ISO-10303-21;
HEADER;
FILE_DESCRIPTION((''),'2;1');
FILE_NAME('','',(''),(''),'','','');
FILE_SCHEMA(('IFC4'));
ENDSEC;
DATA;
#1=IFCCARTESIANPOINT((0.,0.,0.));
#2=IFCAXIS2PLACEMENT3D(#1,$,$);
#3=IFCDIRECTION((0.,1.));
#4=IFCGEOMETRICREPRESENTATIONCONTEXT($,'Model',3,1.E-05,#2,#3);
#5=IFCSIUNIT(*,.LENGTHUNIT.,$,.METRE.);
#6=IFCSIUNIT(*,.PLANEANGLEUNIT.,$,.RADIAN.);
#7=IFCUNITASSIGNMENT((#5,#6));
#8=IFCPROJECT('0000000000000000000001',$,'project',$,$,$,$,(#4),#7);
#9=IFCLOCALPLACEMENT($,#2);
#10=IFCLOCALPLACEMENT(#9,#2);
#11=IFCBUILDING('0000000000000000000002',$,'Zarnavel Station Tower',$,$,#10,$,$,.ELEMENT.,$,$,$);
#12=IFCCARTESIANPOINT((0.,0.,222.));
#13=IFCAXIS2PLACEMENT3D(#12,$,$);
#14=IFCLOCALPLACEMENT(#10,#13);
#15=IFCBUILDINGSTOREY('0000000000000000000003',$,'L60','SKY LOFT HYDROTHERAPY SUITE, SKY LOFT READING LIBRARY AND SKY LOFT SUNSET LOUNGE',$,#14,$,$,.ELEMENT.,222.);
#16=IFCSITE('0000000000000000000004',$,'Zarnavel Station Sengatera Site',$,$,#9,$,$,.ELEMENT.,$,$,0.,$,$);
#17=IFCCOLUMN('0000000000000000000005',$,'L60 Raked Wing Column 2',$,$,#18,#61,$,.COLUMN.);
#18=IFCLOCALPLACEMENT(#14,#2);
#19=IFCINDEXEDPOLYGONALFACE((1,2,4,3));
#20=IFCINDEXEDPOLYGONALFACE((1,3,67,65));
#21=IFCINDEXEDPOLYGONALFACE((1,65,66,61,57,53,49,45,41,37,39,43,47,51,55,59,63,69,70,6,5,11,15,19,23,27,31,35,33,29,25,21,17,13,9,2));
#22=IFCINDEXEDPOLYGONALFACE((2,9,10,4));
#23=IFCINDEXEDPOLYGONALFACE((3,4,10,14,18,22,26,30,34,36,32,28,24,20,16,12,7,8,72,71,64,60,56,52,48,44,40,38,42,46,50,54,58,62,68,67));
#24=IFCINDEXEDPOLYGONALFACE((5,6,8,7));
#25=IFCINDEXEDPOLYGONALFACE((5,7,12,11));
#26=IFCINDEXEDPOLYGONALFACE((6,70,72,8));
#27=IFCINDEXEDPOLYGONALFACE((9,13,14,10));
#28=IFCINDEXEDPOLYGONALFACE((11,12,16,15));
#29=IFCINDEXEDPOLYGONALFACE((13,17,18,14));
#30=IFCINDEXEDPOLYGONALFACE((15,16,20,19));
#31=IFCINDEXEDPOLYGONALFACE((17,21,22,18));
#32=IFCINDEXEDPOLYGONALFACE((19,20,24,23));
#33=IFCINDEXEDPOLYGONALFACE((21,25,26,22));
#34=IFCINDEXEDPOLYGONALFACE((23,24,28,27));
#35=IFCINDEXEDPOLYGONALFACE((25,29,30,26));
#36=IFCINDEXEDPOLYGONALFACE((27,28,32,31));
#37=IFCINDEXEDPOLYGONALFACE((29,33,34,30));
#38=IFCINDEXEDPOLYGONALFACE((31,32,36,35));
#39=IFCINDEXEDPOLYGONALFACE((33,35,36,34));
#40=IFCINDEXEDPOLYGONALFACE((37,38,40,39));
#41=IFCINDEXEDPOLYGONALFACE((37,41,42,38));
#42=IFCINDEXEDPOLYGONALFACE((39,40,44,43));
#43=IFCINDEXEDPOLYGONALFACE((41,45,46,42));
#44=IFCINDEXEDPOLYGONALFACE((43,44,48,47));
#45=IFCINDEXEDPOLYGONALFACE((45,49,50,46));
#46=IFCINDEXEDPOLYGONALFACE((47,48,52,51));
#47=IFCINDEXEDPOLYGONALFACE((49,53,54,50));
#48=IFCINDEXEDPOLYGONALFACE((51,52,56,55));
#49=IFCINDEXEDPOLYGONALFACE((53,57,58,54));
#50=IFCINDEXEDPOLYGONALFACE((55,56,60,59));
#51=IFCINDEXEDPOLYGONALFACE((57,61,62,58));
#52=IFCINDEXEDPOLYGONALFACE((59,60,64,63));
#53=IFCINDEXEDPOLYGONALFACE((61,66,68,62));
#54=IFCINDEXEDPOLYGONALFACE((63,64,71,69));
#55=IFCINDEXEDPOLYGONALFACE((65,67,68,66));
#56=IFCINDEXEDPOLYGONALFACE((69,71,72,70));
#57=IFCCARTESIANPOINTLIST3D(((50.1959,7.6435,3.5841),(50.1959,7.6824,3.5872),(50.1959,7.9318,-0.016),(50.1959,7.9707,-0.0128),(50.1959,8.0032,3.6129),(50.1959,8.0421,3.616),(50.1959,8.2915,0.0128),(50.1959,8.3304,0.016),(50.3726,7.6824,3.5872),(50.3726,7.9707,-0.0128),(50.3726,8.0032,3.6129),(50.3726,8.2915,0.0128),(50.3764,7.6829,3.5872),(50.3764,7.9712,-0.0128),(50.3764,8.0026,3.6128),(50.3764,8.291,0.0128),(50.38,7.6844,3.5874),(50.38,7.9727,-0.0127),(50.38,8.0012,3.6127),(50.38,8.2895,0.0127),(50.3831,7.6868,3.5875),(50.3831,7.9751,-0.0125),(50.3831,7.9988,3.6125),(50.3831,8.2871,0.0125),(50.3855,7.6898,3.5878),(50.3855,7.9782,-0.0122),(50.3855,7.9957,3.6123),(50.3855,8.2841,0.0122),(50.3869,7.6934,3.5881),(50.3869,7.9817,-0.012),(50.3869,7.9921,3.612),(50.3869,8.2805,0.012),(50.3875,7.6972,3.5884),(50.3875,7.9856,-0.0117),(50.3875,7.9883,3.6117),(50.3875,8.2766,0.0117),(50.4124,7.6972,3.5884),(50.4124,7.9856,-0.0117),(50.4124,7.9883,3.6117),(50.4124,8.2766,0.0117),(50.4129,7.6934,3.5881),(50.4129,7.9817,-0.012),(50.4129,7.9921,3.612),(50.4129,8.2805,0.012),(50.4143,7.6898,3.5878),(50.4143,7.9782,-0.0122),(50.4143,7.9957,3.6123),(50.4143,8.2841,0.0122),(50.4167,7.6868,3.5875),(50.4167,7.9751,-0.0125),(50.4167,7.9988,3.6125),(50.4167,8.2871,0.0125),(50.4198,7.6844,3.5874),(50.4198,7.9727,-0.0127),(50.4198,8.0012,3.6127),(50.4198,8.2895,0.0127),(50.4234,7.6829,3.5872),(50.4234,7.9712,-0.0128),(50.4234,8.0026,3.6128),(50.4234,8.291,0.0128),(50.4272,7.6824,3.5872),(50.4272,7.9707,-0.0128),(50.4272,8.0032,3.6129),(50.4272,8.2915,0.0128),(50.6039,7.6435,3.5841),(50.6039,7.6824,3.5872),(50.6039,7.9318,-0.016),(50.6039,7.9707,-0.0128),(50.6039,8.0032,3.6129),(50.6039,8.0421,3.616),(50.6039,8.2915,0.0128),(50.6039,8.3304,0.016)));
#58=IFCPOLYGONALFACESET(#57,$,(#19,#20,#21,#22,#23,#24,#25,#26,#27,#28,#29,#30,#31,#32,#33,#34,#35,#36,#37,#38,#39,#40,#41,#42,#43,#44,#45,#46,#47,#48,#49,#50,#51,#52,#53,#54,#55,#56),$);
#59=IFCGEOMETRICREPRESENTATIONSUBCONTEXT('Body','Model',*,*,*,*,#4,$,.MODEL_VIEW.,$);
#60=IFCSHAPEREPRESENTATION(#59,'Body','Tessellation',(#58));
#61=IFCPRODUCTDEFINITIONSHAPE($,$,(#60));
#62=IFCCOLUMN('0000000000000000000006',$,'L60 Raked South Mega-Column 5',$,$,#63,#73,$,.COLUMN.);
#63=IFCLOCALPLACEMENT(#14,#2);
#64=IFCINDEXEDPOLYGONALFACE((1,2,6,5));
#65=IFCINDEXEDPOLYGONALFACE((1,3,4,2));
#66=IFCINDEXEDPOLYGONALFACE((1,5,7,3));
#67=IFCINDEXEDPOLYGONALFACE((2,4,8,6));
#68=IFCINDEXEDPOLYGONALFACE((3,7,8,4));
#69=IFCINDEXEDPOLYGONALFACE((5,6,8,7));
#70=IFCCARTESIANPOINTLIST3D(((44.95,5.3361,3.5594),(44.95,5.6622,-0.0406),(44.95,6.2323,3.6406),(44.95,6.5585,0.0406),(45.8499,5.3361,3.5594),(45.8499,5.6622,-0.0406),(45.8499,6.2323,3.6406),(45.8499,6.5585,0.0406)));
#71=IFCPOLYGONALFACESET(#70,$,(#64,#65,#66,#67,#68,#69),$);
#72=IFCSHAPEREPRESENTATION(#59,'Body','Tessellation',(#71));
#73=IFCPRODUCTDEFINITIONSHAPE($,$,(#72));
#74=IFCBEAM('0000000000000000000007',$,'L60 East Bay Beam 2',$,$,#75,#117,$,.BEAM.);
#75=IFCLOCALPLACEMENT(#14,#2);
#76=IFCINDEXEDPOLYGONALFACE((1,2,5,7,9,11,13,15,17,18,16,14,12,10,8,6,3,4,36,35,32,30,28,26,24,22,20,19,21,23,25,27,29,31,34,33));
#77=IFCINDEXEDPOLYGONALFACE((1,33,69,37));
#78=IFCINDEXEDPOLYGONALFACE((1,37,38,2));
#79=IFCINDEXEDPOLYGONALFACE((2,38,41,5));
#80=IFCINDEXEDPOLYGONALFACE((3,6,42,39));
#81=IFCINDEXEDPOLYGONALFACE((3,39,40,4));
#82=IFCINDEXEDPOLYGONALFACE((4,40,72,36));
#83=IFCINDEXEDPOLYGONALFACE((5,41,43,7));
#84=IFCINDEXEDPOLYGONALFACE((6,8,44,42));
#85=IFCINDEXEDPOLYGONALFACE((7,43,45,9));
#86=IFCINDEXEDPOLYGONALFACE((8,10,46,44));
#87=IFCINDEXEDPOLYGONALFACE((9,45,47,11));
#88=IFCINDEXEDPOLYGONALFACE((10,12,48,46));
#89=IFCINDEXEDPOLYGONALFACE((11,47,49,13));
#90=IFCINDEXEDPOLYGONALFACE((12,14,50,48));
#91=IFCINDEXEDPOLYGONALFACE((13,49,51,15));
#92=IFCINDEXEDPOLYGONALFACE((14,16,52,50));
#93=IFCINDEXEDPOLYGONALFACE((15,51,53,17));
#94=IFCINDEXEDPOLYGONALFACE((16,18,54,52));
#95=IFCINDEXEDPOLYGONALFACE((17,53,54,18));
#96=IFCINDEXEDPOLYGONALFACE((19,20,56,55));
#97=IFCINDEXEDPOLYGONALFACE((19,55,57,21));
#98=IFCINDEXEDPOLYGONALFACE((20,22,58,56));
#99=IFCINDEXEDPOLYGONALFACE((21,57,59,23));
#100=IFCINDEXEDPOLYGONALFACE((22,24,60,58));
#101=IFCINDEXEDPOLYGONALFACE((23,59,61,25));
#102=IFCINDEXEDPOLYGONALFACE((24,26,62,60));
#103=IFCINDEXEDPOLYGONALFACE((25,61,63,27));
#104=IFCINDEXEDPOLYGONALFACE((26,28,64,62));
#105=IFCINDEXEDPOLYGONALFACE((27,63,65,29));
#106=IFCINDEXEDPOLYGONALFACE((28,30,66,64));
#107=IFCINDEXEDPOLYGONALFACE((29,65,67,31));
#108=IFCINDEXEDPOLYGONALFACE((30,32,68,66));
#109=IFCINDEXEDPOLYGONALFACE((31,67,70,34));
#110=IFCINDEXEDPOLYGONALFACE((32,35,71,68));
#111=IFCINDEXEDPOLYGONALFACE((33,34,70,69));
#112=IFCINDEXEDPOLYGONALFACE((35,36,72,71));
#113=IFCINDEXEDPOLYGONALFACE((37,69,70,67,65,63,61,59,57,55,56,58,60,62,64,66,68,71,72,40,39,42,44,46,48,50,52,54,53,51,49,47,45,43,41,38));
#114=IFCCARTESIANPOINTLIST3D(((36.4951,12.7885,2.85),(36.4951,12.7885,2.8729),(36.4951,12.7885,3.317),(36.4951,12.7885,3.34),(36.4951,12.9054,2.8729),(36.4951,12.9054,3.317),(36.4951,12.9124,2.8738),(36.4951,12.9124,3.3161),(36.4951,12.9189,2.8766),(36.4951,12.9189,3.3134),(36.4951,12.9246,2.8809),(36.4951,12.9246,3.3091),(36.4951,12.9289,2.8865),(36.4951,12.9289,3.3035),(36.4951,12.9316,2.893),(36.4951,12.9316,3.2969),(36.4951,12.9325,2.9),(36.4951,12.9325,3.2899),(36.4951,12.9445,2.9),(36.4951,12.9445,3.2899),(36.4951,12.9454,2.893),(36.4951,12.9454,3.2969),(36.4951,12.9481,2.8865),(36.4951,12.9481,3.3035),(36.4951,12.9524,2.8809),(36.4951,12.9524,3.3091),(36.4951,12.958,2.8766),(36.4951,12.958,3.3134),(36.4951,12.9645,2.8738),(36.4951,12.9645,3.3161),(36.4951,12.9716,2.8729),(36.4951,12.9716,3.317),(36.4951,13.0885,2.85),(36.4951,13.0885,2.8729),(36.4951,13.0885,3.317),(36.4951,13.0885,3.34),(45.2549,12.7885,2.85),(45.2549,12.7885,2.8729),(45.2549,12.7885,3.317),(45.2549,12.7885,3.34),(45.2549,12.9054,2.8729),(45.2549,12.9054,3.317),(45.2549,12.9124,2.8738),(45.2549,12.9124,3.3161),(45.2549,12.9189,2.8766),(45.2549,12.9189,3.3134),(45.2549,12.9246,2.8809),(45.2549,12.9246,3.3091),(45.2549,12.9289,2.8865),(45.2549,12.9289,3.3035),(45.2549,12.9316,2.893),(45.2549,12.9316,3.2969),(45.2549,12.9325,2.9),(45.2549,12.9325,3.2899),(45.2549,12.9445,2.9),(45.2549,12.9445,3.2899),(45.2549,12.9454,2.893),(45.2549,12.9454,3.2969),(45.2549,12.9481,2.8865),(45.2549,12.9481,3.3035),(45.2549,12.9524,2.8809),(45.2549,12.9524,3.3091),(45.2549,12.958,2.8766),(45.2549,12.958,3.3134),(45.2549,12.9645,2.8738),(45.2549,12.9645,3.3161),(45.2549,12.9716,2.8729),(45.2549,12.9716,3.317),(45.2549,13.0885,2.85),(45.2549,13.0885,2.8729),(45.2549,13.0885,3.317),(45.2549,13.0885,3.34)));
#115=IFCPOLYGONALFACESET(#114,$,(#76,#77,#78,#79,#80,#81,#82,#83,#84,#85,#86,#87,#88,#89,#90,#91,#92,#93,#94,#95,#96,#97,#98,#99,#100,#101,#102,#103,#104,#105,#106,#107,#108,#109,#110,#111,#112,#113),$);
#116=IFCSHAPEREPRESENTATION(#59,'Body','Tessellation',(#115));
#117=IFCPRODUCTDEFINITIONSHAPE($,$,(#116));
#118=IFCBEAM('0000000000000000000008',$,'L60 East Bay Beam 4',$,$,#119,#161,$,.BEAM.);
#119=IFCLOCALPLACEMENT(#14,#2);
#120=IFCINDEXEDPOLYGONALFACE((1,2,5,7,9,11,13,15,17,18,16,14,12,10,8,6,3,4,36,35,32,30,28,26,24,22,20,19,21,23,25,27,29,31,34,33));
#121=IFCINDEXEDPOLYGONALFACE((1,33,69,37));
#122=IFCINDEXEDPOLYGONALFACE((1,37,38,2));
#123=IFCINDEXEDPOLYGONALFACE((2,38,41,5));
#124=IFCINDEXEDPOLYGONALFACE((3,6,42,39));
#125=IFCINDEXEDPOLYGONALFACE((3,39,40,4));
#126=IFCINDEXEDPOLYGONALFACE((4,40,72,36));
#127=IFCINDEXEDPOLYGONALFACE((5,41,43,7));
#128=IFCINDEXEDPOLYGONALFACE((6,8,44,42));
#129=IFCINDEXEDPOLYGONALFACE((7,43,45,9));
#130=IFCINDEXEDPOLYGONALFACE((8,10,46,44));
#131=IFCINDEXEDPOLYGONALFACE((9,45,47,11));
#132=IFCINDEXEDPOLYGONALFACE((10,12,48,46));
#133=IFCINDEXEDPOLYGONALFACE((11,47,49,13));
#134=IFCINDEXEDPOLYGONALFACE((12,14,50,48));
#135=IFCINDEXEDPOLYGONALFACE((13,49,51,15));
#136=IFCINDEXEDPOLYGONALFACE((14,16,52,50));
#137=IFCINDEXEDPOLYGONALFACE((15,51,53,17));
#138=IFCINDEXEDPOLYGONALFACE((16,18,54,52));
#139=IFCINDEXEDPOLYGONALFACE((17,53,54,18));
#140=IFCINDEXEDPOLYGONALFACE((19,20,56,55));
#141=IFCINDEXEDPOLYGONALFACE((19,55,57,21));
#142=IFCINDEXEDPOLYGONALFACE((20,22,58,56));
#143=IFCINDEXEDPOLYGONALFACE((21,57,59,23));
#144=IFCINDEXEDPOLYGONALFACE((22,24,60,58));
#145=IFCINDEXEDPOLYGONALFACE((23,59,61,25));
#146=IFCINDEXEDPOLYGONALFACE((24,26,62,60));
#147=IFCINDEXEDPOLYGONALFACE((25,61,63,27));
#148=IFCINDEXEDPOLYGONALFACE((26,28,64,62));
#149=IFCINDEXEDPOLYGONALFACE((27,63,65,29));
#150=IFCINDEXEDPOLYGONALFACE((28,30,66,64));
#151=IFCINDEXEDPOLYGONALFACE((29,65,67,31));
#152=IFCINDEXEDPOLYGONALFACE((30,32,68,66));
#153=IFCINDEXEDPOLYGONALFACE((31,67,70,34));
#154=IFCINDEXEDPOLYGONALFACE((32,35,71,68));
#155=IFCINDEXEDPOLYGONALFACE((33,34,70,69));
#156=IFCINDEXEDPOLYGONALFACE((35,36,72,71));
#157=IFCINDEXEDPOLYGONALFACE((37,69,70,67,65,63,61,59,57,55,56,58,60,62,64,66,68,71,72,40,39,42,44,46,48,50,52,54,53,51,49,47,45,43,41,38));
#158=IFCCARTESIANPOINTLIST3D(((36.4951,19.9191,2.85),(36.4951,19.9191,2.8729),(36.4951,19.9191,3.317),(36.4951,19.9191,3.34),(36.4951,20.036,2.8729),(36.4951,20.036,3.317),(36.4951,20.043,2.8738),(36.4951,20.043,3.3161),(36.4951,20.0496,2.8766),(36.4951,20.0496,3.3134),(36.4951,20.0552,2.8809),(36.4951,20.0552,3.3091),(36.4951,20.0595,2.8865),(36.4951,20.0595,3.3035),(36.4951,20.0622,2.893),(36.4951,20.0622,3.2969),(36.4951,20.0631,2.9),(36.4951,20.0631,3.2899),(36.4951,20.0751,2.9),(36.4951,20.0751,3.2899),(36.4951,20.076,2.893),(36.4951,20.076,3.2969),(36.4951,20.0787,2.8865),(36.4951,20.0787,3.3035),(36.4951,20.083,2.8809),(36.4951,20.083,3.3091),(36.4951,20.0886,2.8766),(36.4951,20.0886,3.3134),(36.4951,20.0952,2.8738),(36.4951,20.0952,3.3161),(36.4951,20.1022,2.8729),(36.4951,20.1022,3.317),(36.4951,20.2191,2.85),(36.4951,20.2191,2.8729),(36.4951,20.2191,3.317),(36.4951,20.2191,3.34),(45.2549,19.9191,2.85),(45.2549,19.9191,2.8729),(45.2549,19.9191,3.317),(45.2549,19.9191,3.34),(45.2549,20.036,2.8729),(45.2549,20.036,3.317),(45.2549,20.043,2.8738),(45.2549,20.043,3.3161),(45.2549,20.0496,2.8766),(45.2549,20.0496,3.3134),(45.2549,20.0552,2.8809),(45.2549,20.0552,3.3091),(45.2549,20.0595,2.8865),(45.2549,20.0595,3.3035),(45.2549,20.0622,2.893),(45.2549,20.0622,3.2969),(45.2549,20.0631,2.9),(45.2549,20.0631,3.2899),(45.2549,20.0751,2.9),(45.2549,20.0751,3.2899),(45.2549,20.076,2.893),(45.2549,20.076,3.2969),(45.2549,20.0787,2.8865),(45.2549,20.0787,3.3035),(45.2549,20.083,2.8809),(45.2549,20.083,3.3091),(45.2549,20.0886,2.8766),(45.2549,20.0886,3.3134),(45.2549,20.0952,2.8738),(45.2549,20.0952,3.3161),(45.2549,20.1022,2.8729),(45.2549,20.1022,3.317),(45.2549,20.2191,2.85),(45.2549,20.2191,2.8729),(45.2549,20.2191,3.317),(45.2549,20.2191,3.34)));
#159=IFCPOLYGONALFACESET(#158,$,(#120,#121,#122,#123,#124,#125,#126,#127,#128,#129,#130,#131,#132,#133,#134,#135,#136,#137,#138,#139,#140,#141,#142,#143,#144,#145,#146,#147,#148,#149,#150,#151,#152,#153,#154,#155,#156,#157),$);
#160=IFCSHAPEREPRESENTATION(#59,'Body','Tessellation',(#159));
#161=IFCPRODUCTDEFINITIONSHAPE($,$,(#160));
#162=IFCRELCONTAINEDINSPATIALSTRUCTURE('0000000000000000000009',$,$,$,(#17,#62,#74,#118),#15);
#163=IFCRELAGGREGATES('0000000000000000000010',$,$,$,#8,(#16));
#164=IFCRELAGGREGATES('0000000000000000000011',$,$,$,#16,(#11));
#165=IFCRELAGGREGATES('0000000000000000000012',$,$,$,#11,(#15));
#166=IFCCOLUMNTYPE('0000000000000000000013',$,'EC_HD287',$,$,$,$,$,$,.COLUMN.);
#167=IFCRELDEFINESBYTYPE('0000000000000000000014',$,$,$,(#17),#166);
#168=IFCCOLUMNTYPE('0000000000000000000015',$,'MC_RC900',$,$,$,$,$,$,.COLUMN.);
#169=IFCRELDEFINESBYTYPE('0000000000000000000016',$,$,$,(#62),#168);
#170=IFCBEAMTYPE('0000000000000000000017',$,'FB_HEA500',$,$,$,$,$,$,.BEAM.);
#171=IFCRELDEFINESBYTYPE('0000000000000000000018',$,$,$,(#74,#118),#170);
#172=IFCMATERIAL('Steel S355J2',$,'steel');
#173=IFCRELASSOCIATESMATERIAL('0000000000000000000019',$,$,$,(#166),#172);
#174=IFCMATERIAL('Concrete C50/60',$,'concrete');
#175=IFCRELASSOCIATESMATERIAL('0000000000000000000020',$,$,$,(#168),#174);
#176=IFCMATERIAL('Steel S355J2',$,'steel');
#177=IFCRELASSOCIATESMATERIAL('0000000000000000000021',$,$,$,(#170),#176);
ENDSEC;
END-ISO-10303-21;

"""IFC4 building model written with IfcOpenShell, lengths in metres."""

from ifc_helpers import new_model, si_unit, direction, frame, origin, origin_2d, place, context, subcontext, project, spatial, rectangle, i_section, extrude, material, material_profile, profile_set, type_object, element, save


model = new_model("IFC4")

# Units and contexts
model_context = context("Model", 3, precision=1e-05, world=origin(), true_north=direction((0.0, 1.0)))
body_context = subcontext(model_context, "Body", "Model", "MODEL_VIEW")
ifc_project = project(units=[si_unit("LENGTHUNIT", "METRE"), si_unit("PLANEANGLEUNIT", "RADIAN")], contexts=[model_context])

# Site, building, storey
site_placement = place(None, origin())
site = spatial("IfcSite", under=ifc_project, at=site_placement, Name="Zarnavel Station Sengatera Site", CompositionType="ELEMENT", RefElevation=0.0)
building_placement = place(site_placement, origin())
building = spatial("IfcBuilding", under=site, at=building_placement, Name="Zarnavel Station Tower", CompositionType="ELEMENT")
storey_placement = place(building_placement, frame((0.0, 0.0, 222.0)))
storey = spatial("IfcBuildingStorey", under=building, at=storey_placement, Name="L60", Description="SKY LOFT HYDROTHERAPY SUITE, SKY LOFT READING LIBRARY AND SKY LOFT SUNSET LOUNGE", CompositionType="ELEMENT", Elevation=222.0)

# Columns
ifc_material_1 = material(Name="Steel S355J2", Category="steel")
ifc_material_profile_1 = material_profile(ifc_material_1, i_section(OverallWidth=0.408, OverallDepth=0.3999, WebThickness=0.0249, FlangeThickness=0.0391, FilletRadius=0.0149, at=origin_2d()), Name="HD400x287")
ifc_profile_set_1 = profile_set([ifc_material_profile_1], Name="Steel S355J2")
column_type_1 = type_object("IfcColumnType", Name="EC_HD287", PredefinedType="COLUMN", material=ifc_profile_set_1)
column_1_placement = place(storey_placement, frame((50.3999, 8.1311, 0.0), z_axis=(0.0, -0.079834, 0.996808), x_axis=(1.0, 0.0, 0.0)))
element("IfcColumn", 1, at=column_1_placement, inside=storey, type_object=column_type_1, Name="L60 Raked Wing Column 2", PredefinedType="COLUMN", context=body_context, shape_type="SweptSolid", body=[
    extrude(i_section(OverallWidth=0.408, OverallDepth=0.3999, WebThickness=0.0249, FlangeThickness=0.0391, FilletRadius=0.0149, at=origin_2d()), origin(), (0.0, 0.0, 1.0), 3.6116),
])
ifc_material_2 = material(Name="Concrete C50/60", Category="concrete")
ifc_material_profile_2 = material_profile(ifc_material_2, rectangle(XDim=0.8999, YDim=0.8999, at=origin_2d()), Name="RC900x900")
ifc_profile_set_2 = profile_set([ifc_material_profile_2], Name="Concrete C50/60")
column_type_2 = type_object("IfcColumnType", Name="MC_RC900", PredefinedType="COLUMN", material=ifc_profile_set_2)
column_2_placement = place(storey_placement, frame((45.3999, 6.1104, 0.0), z_axis=(0.0, -0.090231, 0.995921), x_axis=(1.0, 0.0, 0.0)))
element("IfcColumn", 2, at=column_2_placement, inside=storey, type_object=column_type_2, Name="L60 Raked South Mega-Column 5", PredefinedType="COLUMN", context=body_context, shape_type="SweptSolid", body=[
    extrude(rectangle(XDim=0.8999, YDim=0.8999, at=origin_2d()), origin(), (0.0, 0.0, 1.0), 3.6147),
])

# Beams
ifc_material_3 = material(Name="Steel S355J2", Category="steel")
ifc_material_profile_3 = material_profile(ifc_material_3, i_section(OverallWidth=0.3, OverallDepth=0.49, WebThickness=0.012, FlangeThickness=0.0229, FilletRadius=0.0271, at=origin_2d()), Name="HEA500")
ifc_profile_set_3 = profile_set([ifc_material_profile_3], Name="Steel S355J2")
beam_type_1 = type_object("IfcBeamType", Name="FB_HEA500", PredefinedType="BEAM", material=ifc_profile_set_3)
for number, where, z_axis, x_axis, name in (
    (3, (36.4951, 12.9385, 3.095), (1.0, 0.0, 0.0), (0.0, 1.0, 0.0), "L60 East Bay Beam 2"),
    (4, (36.4951, 20.0691, 3.095), (1.0, 0.0, 0.0), (0.0, 1.0, 0.0), "L60 East Bay Beam 4"),
):
    element("IfcBeam", number, at=place(storey_placement, frame(where, z_axis=z_axis, x_axis=x_axis)), inside=storey, type_object=beam_type_1, Name=name, PredefinedType="BEAM", context=body_context, shape_type="SweptSolid", body=[
        extrude(i_section(OverallWidth=0.3, OverallDepth=0.49, WebThickness=0.012, FlangeThickness=0.0229, FilletRadius=0.0271, at=origin_2d()), origin(), (0.0, 0.0, 1.0), 8.7598),
    ])

save(model, "model.ifc")
